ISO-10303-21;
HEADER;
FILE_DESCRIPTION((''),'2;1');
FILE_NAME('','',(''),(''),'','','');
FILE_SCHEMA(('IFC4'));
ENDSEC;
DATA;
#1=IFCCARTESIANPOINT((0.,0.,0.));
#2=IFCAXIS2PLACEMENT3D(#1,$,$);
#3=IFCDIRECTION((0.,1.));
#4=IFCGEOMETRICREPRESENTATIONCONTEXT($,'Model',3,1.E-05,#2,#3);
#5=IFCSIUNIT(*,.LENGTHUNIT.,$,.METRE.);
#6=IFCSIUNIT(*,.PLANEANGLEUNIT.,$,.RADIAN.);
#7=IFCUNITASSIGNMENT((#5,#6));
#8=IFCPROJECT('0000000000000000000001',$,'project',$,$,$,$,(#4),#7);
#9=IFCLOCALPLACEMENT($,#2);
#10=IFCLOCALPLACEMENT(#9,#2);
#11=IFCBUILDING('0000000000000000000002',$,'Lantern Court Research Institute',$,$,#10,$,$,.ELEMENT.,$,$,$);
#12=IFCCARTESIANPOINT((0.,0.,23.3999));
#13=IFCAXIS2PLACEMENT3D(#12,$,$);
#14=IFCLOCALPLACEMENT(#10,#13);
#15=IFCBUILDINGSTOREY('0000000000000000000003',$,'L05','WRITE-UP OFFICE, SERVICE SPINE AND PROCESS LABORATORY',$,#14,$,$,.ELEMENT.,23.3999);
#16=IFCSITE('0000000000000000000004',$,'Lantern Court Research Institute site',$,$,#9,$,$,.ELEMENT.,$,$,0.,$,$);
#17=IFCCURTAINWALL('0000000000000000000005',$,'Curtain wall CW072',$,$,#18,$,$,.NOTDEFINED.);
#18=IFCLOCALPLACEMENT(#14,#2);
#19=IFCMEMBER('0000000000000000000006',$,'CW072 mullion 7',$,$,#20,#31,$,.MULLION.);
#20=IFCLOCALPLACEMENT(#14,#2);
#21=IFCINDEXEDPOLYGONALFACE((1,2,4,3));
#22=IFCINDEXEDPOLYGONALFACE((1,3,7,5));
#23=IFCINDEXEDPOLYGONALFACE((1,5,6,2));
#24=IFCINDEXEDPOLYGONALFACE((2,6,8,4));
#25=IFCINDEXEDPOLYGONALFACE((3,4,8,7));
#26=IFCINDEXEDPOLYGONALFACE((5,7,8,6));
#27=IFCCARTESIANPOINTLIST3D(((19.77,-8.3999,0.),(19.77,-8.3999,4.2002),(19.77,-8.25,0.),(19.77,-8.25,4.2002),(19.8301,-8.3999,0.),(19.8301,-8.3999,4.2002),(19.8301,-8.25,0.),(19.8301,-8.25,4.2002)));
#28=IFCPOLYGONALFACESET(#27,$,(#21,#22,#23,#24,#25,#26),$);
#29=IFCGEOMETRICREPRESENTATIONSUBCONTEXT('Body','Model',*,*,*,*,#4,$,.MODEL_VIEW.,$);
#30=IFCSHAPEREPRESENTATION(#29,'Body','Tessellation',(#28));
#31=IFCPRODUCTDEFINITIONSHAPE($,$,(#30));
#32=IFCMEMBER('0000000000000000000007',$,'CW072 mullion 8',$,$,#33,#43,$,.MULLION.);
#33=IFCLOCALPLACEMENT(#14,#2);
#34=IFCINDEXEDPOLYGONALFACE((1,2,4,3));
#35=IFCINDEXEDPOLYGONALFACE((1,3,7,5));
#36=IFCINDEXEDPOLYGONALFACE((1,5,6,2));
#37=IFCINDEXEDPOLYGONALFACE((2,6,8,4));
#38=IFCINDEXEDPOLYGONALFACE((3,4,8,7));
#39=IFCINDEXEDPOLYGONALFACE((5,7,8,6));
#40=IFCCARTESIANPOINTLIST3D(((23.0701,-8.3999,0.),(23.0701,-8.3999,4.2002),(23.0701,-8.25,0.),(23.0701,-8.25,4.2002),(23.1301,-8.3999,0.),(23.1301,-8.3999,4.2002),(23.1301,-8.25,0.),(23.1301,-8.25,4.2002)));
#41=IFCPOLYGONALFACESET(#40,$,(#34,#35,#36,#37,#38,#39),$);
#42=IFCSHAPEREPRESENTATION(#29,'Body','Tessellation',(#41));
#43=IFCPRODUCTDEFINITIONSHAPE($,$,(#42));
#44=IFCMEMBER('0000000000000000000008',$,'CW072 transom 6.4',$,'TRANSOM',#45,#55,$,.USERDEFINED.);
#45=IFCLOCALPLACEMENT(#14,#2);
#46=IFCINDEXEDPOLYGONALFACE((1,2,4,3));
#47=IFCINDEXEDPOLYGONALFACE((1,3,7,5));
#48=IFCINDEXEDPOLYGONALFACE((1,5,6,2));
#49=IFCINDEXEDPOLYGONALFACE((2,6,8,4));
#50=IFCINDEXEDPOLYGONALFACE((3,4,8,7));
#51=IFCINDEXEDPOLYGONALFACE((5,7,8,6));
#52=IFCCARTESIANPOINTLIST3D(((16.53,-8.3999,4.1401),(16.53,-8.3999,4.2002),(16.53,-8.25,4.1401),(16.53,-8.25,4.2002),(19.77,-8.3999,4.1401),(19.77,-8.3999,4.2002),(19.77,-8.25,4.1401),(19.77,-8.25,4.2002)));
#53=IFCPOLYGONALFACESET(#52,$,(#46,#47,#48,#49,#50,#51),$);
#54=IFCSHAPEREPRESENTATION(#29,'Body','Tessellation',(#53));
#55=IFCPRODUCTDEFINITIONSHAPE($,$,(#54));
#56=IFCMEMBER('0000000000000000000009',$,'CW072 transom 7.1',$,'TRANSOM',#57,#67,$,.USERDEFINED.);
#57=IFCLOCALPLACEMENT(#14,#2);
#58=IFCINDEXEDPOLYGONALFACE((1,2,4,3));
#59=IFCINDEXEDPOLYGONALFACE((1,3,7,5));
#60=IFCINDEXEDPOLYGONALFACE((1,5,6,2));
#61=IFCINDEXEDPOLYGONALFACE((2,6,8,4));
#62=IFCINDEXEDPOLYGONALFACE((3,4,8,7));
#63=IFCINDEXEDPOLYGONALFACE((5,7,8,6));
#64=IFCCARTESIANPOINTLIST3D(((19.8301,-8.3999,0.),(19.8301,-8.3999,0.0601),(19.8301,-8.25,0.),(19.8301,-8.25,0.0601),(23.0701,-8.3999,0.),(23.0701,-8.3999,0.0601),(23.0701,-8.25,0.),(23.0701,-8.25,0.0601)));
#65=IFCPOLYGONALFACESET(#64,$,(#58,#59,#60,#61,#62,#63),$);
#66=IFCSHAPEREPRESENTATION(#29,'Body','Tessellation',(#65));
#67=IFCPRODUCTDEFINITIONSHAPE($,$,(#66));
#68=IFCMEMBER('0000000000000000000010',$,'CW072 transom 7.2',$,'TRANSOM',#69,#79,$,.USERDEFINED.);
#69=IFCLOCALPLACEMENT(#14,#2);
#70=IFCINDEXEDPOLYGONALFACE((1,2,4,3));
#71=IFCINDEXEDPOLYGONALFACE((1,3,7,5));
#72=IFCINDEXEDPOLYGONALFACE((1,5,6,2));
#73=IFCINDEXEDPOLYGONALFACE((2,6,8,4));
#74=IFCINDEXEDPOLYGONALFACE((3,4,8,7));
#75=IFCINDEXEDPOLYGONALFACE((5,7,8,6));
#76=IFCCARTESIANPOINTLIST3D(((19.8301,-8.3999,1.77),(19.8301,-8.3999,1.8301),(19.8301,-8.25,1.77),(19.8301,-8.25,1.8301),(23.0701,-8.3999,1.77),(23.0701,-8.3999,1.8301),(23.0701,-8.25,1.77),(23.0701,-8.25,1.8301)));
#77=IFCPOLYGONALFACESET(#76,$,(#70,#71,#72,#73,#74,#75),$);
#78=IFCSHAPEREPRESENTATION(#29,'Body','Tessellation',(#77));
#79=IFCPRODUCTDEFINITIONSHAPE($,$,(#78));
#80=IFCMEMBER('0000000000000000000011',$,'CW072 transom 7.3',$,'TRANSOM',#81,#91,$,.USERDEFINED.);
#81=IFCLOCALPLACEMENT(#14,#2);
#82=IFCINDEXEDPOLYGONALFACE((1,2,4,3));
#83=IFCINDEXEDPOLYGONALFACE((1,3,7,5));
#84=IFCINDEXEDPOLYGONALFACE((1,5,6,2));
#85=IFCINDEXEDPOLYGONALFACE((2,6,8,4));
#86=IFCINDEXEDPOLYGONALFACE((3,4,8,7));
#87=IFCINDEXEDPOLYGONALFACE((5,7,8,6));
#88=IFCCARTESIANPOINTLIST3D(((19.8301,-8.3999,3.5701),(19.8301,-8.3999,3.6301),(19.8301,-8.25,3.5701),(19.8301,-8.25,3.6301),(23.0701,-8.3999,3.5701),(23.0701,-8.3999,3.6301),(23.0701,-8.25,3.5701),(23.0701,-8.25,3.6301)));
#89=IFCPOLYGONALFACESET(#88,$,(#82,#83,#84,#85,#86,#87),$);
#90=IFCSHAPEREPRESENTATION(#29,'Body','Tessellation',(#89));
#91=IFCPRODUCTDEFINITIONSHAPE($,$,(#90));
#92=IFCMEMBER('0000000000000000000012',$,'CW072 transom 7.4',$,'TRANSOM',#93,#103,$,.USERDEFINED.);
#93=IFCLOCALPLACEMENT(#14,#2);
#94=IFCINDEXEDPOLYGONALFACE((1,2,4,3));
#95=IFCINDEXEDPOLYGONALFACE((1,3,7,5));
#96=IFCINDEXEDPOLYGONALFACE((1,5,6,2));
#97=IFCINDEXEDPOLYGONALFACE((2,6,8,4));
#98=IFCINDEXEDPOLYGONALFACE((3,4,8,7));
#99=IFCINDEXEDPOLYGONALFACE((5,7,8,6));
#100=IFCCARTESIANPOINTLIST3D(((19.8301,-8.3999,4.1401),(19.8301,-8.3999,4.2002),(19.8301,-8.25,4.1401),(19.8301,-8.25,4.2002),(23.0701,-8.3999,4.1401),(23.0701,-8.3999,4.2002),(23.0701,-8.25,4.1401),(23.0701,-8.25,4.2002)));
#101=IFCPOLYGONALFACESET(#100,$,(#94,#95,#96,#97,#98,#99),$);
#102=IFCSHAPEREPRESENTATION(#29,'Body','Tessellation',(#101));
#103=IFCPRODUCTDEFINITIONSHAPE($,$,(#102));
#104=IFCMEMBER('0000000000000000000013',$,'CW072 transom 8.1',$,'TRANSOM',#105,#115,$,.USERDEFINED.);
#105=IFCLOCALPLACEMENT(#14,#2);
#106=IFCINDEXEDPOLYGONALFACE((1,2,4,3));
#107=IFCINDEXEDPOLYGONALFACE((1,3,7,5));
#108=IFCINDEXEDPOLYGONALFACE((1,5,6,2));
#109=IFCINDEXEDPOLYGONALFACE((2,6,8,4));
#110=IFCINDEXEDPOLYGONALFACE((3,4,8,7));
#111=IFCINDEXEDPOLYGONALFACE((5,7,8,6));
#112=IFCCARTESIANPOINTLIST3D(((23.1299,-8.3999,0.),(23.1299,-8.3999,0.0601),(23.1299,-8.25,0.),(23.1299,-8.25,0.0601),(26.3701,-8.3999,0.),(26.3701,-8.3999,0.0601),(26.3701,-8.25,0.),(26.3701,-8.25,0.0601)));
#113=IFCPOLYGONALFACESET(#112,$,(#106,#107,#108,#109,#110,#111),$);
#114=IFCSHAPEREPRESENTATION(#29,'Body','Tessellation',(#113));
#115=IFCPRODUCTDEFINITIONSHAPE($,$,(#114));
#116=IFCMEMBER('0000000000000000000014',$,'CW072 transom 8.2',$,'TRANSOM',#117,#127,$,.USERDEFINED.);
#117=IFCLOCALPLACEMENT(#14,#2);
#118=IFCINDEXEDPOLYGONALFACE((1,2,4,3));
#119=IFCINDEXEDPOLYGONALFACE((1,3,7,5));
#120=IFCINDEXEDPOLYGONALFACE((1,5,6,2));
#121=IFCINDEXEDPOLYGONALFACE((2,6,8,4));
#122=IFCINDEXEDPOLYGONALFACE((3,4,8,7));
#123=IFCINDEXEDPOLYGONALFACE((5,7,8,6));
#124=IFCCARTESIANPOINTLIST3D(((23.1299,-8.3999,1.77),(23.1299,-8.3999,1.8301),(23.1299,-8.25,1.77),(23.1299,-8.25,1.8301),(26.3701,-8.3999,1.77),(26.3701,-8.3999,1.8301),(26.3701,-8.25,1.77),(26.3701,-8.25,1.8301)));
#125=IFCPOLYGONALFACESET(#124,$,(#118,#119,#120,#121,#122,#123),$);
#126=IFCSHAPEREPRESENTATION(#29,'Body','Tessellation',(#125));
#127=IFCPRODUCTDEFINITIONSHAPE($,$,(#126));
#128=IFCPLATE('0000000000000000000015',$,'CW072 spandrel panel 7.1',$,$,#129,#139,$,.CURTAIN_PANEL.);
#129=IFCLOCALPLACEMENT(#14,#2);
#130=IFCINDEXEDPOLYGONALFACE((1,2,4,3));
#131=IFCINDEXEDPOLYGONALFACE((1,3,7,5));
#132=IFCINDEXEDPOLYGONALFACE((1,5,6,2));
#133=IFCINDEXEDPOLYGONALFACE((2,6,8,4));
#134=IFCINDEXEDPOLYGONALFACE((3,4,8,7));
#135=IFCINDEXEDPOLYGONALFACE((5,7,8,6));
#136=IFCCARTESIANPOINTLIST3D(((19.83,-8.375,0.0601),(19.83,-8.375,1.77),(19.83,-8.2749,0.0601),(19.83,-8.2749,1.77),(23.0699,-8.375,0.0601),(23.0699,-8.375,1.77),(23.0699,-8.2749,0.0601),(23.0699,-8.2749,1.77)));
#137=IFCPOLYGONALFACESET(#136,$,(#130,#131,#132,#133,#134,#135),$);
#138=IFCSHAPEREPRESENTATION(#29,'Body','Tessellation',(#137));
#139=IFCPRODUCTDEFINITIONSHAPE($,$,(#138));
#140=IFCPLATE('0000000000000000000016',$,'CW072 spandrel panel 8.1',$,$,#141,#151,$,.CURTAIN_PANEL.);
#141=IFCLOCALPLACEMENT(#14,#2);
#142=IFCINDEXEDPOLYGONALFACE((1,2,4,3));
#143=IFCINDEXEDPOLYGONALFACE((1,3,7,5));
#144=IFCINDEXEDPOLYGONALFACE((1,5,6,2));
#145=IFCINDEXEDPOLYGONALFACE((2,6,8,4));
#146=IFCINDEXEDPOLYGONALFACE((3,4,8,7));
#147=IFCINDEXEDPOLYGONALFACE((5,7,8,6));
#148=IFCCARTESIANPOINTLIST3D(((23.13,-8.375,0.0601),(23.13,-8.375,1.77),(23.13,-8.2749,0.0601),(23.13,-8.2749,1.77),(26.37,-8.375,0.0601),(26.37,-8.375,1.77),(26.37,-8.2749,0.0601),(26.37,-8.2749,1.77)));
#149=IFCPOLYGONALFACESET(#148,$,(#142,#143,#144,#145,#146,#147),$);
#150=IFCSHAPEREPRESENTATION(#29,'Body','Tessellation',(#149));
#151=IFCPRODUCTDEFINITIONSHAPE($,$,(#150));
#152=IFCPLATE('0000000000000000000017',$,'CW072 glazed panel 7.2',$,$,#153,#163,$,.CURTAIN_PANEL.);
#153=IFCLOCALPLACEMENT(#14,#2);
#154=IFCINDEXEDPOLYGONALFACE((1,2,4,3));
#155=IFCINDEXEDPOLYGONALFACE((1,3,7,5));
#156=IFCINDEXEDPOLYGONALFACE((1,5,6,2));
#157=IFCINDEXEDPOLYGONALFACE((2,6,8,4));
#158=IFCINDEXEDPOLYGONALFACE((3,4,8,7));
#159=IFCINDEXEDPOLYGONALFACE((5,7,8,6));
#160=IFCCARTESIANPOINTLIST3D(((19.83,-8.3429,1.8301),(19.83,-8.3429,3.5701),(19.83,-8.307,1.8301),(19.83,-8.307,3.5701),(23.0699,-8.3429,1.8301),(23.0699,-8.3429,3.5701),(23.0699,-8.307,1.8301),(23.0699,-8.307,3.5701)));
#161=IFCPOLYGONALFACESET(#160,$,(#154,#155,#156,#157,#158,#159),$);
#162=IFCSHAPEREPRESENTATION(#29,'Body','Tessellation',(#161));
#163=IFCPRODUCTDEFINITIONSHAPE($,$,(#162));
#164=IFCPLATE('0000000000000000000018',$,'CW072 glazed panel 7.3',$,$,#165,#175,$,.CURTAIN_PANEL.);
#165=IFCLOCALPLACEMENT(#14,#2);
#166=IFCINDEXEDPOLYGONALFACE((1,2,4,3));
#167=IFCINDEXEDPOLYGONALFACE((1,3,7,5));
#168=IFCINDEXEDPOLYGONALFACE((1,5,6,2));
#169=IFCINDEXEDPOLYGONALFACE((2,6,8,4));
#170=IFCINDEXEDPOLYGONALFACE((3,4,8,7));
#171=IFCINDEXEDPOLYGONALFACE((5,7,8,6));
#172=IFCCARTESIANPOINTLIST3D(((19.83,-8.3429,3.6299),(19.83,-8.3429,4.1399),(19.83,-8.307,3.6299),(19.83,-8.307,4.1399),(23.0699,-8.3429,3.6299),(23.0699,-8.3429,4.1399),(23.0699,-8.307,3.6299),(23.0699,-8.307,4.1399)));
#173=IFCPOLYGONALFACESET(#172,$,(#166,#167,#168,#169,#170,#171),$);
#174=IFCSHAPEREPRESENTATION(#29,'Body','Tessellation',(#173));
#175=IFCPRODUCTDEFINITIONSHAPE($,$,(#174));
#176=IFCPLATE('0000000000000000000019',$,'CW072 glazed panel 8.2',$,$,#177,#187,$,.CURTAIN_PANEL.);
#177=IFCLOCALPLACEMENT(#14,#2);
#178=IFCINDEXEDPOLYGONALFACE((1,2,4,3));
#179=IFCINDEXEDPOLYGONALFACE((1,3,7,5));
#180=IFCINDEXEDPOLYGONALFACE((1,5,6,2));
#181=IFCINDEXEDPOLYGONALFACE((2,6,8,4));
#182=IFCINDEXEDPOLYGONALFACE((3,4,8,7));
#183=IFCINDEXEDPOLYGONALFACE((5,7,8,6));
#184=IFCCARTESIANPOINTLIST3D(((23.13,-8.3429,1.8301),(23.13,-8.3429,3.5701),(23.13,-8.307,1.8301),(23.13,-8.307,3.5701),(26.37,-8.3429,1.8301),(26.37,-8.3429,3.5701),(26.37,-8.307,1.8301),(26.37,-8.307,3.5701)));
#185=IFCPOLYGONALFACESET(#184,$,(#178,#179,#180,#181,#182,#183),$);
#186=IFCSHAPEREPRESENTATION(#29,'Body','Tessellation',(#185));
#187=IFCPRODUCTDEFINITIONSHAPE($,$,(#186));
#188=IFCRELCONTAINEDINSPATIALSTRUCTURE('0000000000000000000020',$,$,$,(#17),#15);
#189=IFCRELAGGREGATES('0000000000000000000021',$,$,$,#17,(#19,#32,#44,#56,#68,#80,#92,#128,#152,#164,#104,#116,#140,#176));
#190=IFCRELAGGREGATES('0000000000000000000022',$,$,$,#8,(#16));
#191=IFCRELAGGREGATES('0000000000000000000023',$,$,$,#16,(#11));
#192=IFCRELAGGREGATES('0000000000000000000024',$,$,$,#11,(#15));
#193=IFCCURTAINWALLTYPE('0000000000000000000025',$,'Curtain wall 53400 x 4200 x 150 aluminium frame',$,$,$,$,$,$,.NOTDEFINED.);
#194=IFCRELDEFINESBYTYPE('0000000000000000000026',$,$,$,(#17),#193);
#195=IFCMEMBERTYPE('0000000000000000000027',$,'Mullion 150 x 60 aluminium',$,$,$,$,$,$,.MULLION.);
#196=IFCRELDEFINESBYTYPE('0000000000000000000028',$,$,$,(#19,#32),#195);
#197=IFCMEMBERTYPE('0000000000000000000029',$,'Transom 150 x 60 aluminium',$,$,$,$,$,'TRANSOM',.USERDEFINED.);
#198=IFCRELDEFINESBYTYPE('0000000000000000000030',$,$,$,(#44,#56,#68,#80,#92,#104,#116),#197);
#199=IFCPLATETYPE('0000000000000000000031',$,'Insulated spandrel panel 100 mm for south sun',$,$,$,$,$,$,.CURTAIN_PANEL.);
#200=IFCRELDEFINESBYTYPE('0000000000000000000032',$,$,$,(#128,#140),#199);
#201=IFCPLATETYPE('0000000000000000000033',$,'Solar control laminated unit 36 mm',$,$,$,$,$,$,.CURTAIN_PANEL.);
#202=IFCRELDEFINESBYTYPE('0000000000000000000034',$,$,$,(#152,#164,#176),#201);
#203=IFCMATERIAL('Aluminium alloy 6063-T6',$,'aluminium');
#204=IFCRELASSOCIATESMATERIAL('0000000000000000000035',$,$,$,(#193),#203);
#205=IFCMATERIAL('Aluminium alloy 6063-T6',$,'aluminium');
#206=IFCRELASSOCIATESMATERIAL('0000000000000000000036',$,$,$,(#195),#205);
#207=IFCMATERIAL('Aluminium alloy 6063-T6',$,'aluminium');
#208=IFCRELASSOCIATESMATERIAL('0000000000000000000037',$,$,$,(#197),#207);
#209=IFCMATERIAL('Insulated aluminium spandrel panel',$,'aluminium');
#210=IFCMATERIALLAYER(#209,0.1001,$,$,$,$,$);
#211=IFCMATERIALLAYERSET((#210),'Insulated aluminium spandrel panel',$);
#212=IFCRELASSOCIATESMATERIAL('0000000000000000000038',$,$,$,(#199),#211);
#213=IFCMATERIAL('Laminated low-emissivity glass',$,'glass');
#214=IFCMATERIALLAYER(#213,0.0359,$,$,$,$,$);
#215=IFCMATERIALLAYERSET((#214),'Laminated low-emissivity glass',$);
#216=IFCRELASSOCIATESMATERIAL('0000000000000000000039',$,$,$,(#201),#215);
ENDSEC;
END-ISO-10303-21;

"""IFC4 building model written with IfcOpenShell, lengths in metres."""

from ifc_helpers import new_model, si_unit, direction, frame, origin, origin_2d, place, context, subcontext, project, spatial, rectangle, extrude, material, layer, layer_set, material_profile, profile_set, type_object, element, aggregate, save


model = new_model("IFC4")

# Units and contexts
model_context = context("Model", 3, precision=1e-05, world=origin(), true_north=direction((0.0, 1.0)))
body_context = subcontext(model_context, "Body", "Model", "MODEL_VIEW")
ifc_project = project(units=[si_unit("LENGTHUNIT", "METRE"), si_unit("PLANEANGLEUNIT", "RADIAN")], contexts=[model_context])

# Site, building, storey
site_placement = place(None, origin())
site = spatial("IfcSite", under=ifc_project, at=site_placement, Name="Lantern Court Research Institute site", CompositionType="ELEMENT", RefElevation=0.0)
building_placement = place(site_placement, origin())
building = spatial("IfcBuilding", under=site, at=building_placement, Name="Lantern Court Research Institute", CompositionType="ELEMENT")
storey_placement = place(building_placement, frame((0.0, 0.0, 23.3999)))
storey = spatial("IfcBuildingStorey", under=building, at=storey_placement, Name="L05", Description="WRITE-UP OFFICE, SERVICE SPINE AND PROCESS LABORATORY", CompositionType="ELEMENT", Elevation=23.3999)

# Curtain wall, members, plates
ifc_material_1 = material(Name="Aluminium alloy 6063-T6", Category="aluminium")
curtain_wall_type = type_object("IfcCurtainWallType", Name="Curtain wall 53400 x 4200 x 150 aluminium frame", PredefinedType="NOTDEFINED", material=ifc_material_1)
curtain_wall_placement = place(storey_placement, origin())
curtain_wall = element("IfcCurtainWall", 1, at=curtain_wall_placement, inside=storey, type_object=curtain_wall_type, Name="Curtain wall CW072", PredefinedType="NOTDEFINED")
ifc_material_2 = material(Name="Aluminium alloy 6063-T6", Category="aluminium")
ifc_material_profile_1 = material_profile(ifc_material_2, rectangle(XDim=0.1499, YDim=0.0601, at=origin_2d()), Name="Mullion 150 x 60")
ifc_profile_set_1 = profile_set([ifc_material_profile_1], Name="Aluminium alloy 6063-T6")
member_type_1 = type_object("IfcMemberType", Name="Mullion 150 x 60 aluminium", PredefinedType="MULLION", material=ifc_profile_set_1)
member_1_placement = place(storey_placement, frame((19.8, -8.325, 0.0), z_axis=(0.0, 0.0, 1.0), x_axis=(0.0, -1.0, 0.0)))
member_1 = element("IfcMember", 2, at=member_1_placement, type_object=member_type_1, Name="CW072 mullion 7", PredefinedType="MULLION", context=body_context, shape_type="SweptSolid", body=[
    extrude(rectangle(XDim=0.1499, YDim=0.0601, at=origin_2d()), origin(), (0.0, 0.0, 1.0), 4.2002),
])
member_2_placement = place(storey_placement, frame((23.1001, -8.325, 0.0), z_axis=(0.0, 0.0, 1.0), x_axis=(0.0, -1.0, 0.0)))
member_2 = element("IfcMember", 3, at=member_2_placement, type_object=member_type_1, Name="CW072 mullion 8", PredefinedType="MULLION", context=body_context, shape_type="SweptSolid", body=[
    extrude(rectangle(XDim=0.1499, YDim=0.0601, at=origin_2d()), origin(), (0.0, 0.0, 1.0), 4.2002),
])
ifc_material_3 = material(Name="Aluminium alloy 6063-T6", Category="aluminium")
ifc_material_profile_2 = material_profile(ifc_material_3, rectangle(XDim=0.1499, YDim=0.0601, at=origin_2d()), Name="Transom 150 x 60")
ifc_profile_set_2 = profile_set([ifc_material_profile_2], Name="Aluminium alloy 6063-T6")
member_type_2 = type_object("IfcMemberType", Name="Transom 150 x 60 aluminium", ElementType="TRANSOM", PredefinedType="USERDEFINED", material=ifc_profile_set_2)
member_3_placement = place(storey_placement, frame((19.77, -8.325, 4.1702), z_axis=(-1.0, 0.0, 0.0), x_axis=(0.0, -1.0, 0.0)))
member_3 = element("IfcMember", 4, at=member_3_placement, type_object=member_type_2, Name="CW072 transom 6.4", ObjectType="TRANSOM", PredefinedType="USERDEFINED", context=body_context, shape_type="SweptSolid", body=[
    extrude(rectangle(XDim=0.1499, YDim=0.0601, at=origin_2d()), origin(), (0.0, 0.0, 1.0), 3.24),
])
member_4_placement = place(storey_placement, frame((23.0701, -8.325, 0.03), z_axis=(-1.0, 0.0, 0.0), x_axis=(0.0, -1.0, 0.0)))
member_4 = element("IfcMember", 5, at=member_4_placement, type_object=member_type_2, Name="CW072 transom 7.1", ObjectType="TRANSOM", PredefinedType="USERDEFINED", context=body_context, shape_type="SweptSolid", body=[
    extrude(rectangle(XDim=0.1499, YDim=0.0601, at=origin_2d()), origin(), (0.0, 0.0, 1.0), 3.24),
])
member_5_placement = place(storey_placement, frame((23.0701, -8.325, 1.8), z_axis=(-1.0, 0.0, 0.0), x_axis=(0.0, -1.0, 0.0)))
member_5 = element("IfcMember", 6, at=member_5_placement, type_object=member_type_2, Name="CW072 transom 7.2", ObjectType="TRANSOM", PredefinedType="USERDEFINED", context=body_context, shape_type="SweptSolid", body=[
    extrude(rectangle(XDim=0.1499, YDim=0.0601, at=origin_2d()), origin(), (0.0, 0.0, 1.0), 3.24),
])
member_6_placement = place(storey_placement, frame((23.0701, -8.325, 3.6001), z_axis=(-1.0, 0.0, 0.0), x_axis=(0.0, -1.0, 0.0)))
member_6 = element("IfcMember", 7, at=member_6_placement, type_object=member_type_2, Name="CW072 transom 7.3", ObjectType="TRANSOM", PredefinedType="USERDEFINED", context=body_context, shape_type="SweptSolid", body=[
    extrude(rectangle(XDim=0.1499, YDim=0.0601, at=origin_2d()), origin(), (0.0, 0.0, 1.0), 3.24),
])
member_7_placement = place(storey_placement, frame((23.0701, -8.325, 4.1702), z_axis=(-1.0, 0.0, 0.0), x_axis=(0.0, -1.0, 0.0)))
member_7 = element("IfcMember", 8, at=member_7_placement, type_object=member_type_2, Name="CW072 transom 7.4", ObjectType="TRANSOM", PredefinedType="USERDEFINED", context=body_context, shape_type="SweptSolid", body=[
    extrude(rectangle(XDim=0.1499, YDim=0.0601, at=origin_2d()), origin(), (0.0, 0.0, 1.0), 3.24),
])
member_8_placement = place(storey_placement, frame((26.3701, -8.325, 0.03), z_axis=(-1.0, 0.0, 0.0), x_axis=(0.0, -1.0, 0.0)))
member_8 = element("IfcMember", 9, at=member_8_placement, type_object=member_type_2, Name="CW072 transom 8.1", ObjectType="TRANSOM", PredefinedType="USERDEFINED", context=body_context, shape_type="SweptSolid", body=[
    extrude(rectangle(XDim=0.1499, YDim=0.0601, at=origin_2d()), origin(), (0.0, 0.0, 1.0), 3.2402),
])
member_9_placement = place(storey_placement, frame((26.3701, -8.325, 1.8), z_axis=(-1.0, 0.0, 0.0), x_axis=(0.0, -1.0, 0.0)))
member_9 = element("IfcMember", 10, at=member_9_placement, type_object=member_type_2, Name="CW072 transom 8.2", ObjectType="TRANSOM", PredefinedType="USERDEFINED", context=body_context, shape_type="SweptSolid", body=[
    extrude(rectangle(XDim=0.1499, YDim=0.0601, at=origin_2d()), origin(), (0.0, 0.0, 1.0), 3.2402),
])
ifc_material_4 = material(Name="Insulated aluminium spandrel panel", Category="aluminium")
ifc_layer_1 = layer(ifc_material_4, 0.1001)
ifc_layer_set_1 = layer_set([ifc_layer_1], Name="Insulated aluminium spandrel panel")
plate_type_1 = type_object("IfcPlateType", Name="Insulated spandrel panel 100 mm for south sun", PredefinedType="CURTAIN_PANEL", material=ifc_layer_set_1)
plate_1_placement = place(storey_placement, frame((21.45, -8.325, 0.0601), z_axis=(0.0, 0.0, 1.0), x_axis=(-1.0, 0.0, 0.0)))
plate_1 = element("IfcPlate", 11, at=plate_1_placement, type_object=plate_type_1, Name="CW072 spandrel panel 7.1", PredefinedType="CURTAIN_PANEL", context=body_context, shape_type="SweptSolid", body=[
    extrude(rectangle(XDim=3.24, YDim=0.1001, at=origin_2d()), origin(), (0.0, 0.0, 1.0), 1.71),
])
plate_2_placement = place(storey_placement, frame((24.75, -8.325, 0.0601), z_axis=(0.0, 0.0, 1.0), x_axis=(-1.0, 0.0, 0.0)))
plate_2 = element("IfcPlate", 12, at=plate_2_placement, type_object=plate_type_1, Name="CW072 spandrel panel 8.1", PredefinedType="CURTAIN_PANEL", context=body_context, shape_type="SweptSolid", body=[
    extrude(rectangle(XDim=3.24, YDim=0.1001, at=origin_2d()), origin(), (0.0, 0.0, 1.0), 1.71),
])
ifc_material_5 = material(Name="Laminated low-emissivity glass", Category="glass")
ifc_layer_2 = layer(ifc_material_5, 0.0359)
ifc_layer_set_2 = layer_set([ifc_layer_2], Name="Laminated low-emissivity glass")
plate_type_2 = type_object("IfcPlateType", Name="Solar control laminated unit 36 mm", PredefinedType="CURTAIN_PANEL", material=ifc_layer_set_2)
plate_3_placement = place(storey_placement, frame((21.45, -8.325, 1.8301), z_axis=(0.0, 0.0, 1.0), x_axis=(-1.0, 0.0, 0.0)))
plate_3 = element("IfcPlate", 13, at=plate_3_placement, type_object=plate_type_2, Name="CW072 glazed panel 7.2", PredefinedType="CURTAIN_PANEL", context=body_context, shape_type="SweptSolid", body=[
    extrude(rectangle(XDim=3.24, YDim=0.0359, at=origin_2d()), origin(), (0.0, 0.0, 1.0), 1.74),
])
plate_4_placement = place(storey_placement, frame((21.45, -8.325, 3.6299), z_axis=(0.0, 0.0, 1.0), x_axis=(-1.0, 0.0, 0.0)))
plate_4 = element("IfcPlate", 14, at=plate_4_placement, type_object=plate_type_2, Name="CW072 glazed panel 7.3", PredefinedType="CURTAIN_PANEL", context=body_context, shape_type="SweptSolid", body=[
    extrude(rectangle(XDim=3.24, YDim=0.0359, at=origin_2d()), origin(), (0.0, 0.0, 1.0), 0.51),
])
plate_5_placement = place(storey_placement, frame((24.75, -8.325, 1.8301), z_axis=(0.0, 0.0, 1.0), x_axis=(-1.0, 0.0, 0.0)))
plate_5 = element("IfcPlate", 15, at=plate_5_placement, type_object=plate_type_2, Name="CW072 glazed panel 8.2", PredefinedType="CURTAIN_PANEL", context=body_context, shape_type="SweptSolid", body=[
    extrude(rectangle(XDim=3.24, YDim=0.0359, at=origin_2d()), origin(), (0.0, 0.0, 1.0), 1.74),
])
aggregate(curtain_wall, [member_1, member_2, member_3, member_4, member_5, member_6, member_7, plate_1, plate_3, plate_4, member_8, member_9, plate_2, plate_5])

save(model, "model.ifc")
